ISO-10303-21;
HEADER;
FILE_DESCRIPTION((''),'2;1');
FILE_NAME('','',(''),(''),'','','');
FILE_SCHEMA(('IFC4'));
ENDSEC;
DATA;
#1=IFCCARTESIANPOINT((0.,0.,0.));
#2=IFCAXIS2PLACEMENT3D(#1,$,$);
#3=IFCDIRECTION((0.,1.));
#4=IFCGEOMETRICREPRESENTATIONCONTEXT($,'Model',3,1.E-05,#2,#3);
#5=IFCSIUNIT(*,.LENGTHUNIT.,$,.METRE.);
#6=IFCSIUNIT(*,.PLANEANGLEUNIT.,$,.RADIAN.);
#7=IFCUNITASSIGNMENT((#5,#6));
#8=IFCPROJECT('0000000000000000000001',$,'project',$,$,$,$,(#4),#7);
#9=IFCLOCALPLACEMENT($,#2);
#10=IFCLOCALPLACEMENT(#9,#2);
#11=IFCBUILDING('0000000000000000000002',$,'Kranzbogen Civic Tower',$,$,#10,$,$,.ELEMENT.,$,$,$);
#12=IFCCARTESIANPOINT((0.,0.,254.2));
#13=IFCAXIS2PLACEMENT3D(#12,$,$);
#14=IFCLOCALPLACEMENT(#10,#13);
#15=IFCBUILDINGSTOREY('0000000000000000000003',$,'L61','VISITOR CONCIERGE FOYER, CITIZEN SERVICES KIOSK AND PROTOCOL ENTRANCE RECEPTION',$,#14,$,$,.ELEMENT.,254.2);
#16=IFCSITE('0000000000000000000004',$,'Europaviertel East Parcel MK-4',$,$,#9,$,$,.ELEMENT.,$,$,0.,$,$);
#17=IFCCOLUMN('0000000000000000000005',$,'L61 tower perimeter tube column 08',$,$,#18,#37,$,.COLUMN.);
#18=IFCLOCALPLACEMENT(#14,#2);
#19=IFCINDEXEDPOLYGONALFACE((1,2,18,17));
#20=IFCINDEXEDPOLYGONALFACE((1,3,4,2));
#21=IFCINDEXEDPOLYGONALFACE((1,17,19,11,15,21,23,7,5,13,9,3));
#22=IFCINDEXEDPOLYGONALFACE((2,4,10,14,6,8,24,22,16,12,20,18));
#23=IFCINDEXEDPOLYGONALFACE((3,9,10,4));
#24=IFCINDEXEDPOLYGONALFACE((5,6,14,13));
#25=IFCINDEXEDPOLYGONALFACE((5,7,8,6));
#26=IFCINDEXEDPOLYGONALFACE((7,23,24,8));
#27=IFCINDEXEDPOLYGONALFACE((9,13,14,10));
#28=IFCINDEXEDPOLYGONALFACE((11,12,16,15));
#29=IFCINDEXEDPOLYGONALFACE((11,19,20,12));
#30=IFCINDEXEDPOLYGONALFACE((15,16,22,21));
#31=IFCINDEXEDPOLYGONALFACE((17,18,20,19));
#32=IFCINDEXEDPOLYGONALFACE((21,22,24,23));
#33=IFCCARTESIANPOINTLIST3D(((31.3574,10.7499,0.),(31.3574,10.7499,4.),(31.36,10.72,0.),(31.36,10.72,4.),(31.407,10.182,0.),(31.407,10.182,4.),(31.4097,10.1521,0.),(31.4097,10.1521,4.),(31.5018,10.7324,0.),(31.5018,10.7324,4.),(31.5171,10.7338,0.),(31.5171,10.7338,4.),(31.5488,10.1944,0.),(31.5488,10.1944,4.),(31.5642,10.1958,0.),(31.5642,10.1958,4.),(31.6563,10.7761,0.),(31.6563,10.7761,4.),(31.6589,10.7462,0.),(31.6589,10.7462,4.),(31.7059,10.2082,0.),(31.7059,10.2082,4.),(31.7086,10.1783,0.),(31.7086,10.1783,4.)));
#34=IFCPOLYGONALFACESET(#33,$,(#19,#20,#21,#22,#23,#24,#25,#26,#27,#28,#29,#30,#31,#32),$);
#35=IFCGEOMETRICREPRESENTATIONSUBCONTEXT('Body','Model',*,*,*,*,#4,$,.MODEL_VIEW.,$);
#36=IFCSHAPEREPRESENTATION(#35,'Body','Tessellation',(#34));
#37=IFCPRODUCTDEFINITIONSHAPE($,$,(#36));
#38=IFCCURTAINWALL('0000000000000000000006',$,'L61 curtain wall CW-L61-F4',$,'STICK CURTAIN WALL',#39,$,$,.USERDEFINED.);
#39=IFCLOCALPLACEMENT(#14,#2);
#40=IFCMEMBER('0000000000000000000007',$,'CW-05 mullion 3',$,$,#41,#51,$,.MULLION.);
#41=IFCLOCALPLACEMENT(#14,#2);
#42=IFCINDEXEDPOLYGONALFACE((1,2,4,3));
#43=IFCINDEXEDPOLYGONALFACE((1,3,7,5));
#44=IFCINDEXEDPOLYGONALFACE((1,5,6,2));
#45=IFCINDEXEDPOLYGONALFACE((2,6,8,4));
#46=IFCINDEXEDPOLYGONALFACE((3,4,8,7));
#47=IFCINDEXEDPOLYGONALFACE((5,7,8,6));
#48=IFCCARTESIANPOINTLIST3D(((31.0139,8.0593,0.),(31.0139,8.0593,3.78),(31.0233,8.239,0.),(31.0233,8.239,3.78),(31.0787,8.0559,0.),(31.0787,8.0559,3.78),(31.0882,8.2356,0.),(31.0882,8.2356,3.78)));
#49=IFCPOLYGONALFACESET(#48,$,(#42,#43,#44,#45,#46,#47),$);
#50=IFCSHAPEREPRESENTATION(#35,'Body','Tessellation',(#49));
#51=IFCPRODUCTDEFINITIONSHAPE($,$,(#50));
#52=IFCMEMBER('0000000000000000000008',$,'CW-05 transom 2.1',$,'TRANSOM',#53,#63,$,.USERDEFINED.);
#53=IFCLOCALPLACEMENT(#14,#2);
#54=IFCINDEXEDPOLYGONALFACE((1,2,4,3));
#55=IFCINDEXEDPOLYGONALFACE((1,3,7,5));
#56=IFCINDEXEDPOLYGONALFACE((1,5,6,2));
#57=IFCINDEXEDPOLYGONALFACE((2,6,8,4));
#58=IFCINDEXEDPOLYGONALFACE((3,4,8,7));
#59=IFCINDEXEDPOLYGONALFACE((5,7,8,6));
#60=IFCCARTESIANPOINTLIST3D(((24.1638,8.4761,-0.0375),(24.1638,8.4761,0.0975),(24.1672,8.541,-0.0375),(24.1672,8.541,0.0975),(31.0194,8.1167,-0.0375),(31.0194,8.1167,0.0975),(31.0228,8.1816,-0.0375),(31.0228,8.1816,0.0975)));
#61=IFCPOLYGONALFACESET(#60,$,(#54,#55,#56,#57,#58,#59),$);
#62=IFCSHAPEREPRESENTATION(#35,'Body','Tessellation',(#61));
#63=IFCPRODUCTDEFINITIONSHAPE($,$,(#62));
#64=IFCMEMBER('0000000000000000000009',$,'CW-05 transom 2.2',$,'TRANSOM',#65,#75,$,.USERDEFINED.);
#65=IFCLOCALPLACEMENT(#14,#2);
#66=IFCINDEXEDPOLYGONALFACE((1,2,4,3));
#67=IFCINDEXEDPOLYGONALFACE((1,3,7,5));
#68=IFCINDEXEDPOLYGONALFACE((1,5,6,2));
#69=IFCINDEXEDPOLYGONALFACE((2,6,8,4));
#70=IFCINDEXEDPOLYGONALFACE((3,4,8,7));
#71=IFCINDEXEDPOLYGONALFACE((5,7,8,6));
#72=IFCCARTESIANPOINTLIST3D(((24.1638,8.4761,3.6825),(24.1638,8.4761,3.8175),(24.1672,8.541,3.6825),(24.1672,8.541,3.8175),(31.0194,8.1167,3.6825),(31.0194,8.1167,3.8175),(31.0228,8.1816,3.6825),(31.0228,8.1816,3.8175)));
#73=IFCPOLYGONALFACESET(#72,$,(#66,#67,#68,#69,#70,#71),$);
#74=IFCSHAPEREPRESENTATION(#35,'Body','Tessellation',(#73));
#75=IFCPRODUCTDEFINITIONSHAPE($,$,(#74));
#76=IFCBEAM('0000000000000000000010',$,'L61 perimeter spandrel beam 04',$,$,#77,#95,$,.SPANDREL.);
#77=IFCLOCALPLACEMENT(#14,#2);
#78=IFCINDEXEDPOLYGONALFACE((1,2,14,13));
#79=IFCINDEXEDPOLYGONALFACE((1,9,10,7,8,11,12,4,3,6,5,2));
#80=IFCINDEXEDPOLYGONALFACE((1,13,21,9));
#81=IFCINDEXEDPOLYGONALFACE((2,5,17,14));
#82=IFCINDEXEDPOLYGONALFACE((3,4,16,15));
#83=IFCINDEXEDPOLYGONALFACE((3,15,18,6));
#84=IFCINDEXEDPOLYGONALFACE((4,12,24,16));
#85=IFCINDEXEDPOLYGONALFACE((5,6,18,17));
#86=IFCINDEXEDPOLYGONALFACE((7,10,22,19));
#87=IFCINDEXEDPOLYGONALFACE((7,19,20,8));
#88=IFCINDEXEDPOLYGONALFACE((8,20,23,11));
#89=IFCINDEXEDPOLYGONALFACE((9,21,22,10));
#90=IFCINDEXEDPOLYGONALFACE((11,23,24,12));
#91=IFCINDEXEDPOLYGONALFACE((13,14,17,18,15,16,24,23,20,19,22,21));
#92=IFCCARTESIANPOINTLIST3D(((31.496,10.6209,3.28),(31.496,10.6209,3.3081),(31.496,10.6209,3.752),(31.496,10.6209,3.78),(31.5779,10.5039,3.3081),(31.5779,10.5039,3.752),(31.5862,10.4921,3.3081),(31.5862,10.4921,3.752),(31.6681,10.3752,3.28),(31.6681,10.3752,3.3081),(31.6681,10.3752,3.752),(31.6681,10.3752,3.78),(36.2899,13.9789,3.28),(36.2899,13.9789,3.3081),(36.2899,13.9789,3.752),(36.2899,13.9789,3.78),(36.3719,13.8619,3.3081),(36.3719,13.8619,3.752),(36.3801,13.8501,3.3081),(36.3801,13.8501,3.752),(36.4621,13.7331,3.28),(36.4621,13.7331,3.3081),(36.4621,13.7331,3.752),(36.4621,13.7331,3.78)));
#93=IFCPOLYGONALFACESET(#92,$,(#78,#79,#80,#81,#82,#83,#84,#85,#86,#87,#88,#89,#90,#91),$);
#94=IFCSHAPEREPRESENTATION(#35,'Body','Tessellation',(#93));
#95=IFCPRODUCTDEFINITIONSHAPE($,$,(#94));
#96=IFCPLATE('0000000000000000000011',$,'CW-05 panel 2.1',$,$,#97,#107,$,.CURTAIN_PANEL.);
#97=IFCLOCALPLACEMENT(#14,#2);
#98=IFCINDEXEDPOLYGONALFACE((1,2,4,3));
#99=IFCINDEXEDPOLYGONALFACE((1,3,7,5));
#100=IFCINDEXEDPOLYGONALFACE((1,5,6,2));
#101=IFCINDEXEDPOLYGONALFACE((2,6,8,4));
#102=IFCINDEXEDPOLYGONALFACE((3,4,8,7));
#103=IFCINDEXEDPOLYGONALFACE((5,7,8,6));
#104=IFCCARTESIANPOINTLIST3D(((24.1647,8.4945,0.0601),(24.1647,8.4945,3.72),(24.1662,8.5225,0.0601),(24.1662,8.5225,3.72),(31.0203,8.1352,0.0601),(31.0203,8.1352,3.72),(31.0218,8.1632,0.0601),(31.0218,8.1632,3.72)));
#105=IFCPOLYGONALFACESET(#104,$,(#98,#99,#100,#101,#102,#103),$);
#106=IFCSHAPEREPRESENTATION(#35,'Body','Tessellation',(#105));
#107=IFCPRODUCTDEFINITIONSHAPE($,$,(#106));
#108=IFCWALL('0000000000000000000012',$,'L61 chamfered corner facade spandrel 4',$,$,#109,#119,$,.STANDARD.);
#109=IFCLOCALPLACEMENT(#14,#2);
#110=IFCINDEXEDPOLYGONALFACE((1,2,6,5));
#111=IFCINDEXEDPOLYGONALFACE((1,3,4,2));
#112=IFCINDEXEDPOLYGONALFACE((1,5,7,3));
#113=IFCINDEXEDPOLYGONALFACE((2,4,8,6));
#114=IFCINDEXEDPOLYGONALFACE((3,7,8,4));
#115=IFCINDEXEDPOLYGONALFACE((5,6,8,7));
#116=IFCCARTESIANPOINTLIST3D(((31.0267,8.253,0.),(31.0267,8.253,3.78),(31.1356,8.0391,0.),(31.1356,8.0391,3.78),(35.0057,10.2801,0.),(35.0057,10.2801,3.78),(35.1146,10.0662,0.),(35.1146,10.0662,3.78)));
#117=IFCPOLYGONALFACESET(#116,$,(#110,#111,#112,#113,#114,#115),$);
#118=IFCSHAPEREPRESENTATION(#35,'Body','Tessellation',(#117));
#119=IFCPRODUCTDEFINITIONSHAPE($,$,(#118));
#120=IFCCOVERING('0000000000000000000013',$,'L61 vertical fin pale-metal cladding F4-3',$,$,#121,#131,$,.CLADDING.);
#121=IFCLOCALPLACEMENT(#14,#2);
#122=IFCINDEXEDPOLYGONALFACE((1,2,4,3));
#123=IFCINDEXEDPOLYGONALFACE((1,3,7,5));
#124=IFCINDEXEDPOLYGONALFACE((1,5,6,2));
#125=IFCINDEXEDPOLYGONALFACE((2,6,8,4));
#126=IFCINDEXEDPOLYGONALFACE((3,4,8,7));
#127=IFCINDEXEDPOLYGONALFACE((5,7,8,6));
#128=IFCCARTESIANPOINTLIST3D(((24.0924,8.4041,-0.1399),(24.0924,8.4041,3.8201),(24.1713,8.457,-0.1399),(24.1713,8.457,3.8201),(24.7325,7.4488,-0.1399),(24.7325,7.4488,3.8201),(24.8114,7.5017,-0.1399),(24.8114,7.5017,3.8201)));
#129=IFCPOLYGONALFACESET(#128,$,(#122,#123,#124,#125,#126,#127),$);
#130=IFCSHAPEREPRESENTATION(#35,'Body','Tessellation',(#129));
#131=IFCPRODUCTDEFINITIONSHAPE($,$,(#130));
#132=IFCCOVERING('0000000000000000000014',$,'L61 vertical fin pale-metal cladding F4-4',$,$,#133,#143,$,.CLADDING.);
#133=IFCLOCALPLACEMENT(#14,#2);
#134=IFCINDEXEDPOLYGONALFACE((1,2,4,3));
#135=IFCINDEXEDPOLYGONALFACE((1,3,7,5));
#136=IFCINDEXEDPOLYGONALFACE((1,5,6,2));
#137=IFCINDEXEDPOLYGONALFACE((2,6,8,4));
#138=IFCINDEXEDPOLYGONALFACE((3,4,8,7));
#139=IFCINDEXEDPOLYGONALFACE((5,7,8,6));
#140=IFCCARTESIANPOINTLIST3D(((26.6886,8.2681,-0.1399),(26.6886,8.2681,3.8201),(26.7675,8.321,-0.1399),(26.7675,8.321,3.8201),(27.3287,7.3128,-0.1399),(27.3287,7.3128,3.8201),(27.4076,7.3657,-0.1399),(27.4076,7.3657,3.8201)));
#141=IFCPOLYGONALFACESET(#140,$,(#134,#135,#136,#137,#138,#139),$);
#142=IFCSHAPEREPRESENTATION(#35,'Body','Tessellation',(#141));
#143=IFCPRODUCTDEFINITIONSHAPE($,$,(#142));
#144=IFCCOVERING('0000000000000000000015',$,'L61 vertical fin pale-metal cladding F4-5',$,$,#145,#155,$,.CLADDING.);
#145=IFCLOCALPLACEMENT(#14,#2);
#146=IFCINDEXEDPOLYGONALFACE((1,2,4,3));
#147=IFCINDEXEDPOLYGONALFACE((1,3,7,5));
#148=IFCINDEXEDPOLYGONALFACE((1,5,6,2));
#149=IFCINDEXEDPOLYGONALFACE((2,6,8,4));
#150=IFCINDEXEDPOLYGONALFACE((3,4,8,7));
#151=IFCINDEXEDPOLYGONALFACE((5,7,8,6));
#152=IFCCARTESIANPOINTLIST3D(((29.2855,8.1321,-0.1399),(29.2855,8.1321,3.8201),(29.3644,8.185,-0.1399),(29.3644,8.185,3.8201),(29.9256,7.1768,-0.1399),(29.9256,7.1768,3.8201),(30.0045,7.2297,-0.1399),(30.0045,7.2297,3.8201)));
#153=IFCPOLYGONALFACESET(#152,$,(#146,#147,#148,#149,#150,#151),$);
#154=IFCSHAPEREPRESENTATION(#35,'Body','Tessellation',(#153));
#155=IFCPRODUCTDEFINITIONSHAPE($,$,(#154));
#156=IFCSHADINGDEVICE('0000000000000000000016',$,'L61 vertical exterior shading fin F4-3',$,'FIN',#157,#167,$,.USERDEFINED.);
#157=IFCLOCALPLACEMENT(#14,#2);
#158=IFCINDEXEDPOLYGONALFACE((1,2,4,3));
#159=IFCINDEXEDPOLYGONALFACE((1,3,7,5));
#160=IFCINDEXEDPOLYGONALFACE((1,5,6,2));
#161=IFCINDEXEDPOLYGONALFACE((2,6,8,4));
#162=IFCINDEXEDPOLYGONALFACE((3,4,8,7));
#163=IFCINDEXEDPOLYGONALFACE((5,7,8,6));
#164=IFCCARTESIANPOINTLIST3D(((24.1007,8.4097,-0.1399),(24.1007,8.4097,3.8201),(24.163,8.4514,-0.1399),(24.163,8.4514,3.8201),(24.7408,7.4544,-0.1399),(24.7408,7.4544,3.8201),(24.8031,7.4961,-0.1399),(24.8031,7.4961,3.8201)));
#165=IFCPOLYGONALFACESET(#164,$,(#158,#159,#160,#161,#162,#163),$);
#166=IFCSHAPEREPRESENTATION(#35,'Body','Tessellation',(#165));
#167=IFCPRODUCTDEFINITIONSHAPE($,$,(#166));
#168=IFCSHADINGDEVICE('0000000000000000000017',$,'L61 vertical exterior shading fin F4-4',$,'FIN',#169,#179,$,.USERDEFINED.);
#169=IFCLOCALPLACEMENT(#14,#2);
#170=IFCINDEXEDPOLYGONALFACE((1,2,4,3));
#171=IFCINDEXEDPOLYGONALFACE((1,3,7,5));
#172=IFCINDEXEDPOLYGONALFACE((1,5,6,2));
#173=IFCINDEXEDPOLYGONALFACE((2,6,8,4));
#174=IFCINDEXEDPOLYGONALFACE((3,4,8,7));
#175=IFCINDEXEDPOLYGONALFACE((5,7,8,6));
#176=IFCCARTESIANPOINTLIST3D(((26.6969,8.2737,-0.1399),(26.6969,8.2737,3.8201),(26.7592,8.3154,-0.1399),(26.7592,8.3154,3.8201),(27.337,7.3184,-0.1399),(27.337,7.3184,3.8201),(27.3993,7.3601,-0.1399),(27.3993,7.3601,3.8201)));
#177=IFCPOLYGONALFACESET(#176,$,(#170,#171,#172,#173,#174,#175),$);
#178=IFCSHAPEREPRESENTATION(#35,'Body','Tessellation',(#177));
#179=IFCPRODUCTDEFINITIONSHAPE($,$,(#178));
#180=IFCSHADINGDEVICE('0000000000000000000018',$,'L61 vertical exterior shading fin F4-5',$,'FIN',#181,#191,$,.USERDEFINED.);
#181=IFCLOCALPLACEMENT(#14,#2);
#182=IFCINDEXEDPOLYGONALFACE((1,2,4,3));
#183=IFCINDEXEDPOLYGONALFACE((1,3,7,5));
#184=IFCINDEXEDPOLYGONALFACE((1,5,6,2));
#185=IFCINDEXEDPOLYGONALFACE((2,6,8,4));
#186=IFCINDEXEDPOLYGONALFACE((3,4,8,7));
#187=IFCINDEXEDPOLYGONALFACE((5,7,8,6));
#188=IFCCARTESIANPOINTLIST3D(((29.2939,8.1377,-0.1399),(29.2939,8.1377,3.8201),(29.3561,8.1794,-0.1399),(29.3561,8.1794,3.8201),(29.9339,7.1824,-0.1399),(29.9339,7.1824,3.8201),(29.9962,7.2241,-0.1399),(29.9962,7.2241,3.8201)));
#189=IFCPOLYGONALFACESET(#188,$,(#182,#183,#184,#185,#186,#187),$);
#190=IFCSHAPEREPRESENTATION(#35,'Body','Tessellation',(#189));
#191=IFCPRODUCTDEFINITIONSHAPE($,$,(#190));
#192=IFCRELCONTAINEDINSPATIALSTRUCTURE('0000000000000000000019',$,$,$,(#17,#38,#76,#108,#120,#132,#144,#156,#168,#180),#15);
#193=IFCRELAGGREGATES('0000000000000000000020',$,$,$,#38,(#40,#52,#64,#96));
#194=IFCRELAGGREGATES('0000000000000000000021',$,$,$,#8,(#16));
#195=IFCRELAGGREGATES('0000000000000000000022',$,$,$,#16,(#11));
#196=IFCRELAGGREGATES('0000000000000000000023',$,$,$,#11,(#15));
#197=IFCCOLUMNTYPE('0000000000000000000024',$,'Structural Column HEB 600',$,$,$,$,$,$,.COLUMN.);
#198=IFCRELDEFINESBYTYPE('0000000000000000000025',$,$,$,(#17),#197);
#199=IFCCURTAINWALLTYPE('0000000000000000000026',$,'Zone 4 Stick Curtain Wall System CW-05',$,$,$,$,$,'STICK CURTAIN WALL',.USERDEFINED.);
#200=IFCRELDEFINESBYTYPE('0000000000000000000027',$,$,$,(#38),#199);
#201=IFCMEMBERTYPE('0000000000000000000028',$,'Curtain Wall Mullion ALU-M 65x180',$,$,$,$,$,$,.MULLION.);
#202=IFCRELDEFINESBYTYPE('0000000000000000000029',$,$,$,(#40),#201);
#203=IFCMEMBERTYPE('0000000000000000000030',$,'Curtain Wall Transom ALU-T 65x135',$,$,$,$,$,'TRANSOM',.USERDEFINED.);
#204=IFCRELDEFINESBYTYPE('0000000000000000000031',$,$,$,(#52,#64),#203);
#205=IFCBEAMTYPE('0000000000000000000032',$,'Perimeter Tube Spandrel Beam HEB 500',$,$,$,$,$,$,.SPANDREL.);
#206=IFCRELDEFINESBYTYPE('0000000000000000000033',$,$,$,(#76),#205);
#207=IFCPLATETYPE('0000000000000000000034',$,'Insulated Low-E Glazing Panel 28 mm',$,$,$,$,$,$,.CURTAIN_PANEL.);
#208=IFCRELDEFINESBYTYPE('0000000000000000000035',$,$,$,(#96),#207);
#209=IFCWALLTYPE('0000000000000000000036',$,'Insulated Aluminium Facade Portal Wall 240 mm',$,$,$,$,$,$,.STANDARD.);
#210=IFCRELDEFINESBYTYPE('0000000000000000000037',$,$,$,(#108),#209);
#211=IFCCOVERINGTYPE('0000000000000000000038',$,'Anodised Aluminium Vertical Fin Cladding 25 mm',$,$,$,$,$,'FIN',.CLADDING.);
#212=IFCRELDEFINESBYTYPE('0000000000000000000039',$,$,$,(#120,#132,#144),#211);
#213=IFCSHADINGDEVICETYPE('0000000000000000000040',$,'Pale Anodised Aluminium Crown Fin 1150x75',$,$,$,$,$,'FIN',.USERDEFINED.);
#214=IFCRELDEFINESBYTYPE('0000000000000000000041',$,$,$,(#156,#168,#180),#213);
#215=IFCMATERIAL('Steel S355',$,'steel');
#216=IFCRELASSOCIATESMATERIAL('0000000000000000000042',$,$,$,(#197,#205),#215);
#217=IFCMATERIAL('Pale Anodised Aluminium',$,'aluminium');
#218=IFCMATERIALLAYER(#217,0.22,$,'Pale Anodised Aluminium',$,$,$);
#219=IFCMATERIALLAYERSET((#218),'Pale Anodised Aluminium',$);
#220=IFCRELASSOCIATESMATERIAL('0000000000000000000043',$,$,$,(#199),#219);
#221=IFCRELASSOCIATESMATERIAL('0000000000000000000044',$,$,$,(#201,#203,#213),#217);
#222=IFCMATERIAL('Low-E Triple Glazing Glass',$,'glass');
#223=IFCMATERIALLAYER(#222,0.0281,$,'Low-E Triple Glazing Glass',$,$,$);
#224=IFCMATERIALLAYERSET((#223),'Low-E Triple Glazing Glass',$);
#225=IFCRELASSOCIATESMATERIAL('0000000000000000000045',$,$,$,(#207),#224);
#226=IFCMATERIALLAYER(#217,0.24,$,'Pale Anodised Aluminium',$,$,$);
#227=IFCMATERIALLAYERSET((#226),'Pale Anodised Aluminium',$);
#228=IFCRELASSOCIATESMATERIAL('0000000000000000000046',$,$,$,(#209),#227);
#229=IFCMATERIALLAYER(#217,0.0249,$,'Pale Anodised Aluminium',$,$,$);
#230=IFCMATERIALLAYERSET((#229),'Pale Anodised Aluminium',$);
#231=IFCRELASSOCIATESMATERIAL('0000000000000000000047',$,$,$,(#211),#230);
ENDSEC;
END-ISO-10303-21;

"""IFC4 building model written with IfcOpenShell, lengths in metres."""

from ifc_helpers import new_model, si_unit, direction, frame, frame_2d, origin, origin_2d, place, context, subcontext, project, spatial, rectangle, i_section, extrude, material, layer, layer_set, material_profile, profile_set, type_object, element, aggregate, save


model = new_model("IFC4")

# Units and contexts
model_context = context("Model", 3, precision=1e-05, world=origin(), true_north=direction((0.0, 1.0)))
body_context = subcontext(model_context, "Body", "Model", "MODEL_VIEW")
ifc_project = project(units=[si_unit("LENGTHUNIT", "METRE"), si_unit("PLANEANGLEUNIT", "RADIAN")], contexts=[model_context])

# Site, building, storey
site_placement = place(None, origin())
site = spatial("IfcSite", under=ifc_project, at=site_placement, Name="Europaviertel East Parcel MK-4", CompositionType="ELEMENT", RefElevation=0.0)
building_placement = place(site_placement, origin())
building = spatial("IfcBuilding", under=site, at=building_placement, Name="Kranzbogen Civic Tower", CompositionType="ELEMENT")
storey_placement = place(building_placement, frame((0.0, 0.0, 254.2)))
storey = spatial("IfcBuildingStorey", under=building, at=storey_placement, Name="L61", Description="VISITOR CONCIERGE FOYER, CITIZEN SERVICES KIOSK AND PROTOCOL ENTRANCE RECEPTION", CompositionType="ELEMENT", Elevation=254.2)

# Column
ifc_material_1 = material(Name="Steel S355", Category="steel")
ifc_material_profile_1 = material_profile(ifc_material_1, i_section(OverallWidth=0.3, OverallDepth=0.6001, WebThickness=0.0154, FlangeThickness=0.03, at=origin_2d()), Name="HEB 600")
ifc_profile_set_1 = profile_set([ifc_material_profile_1], Name="Steel S355")
column_type = type_object("IfcColumnType", Name="Structural Column HEB 600", PredefinedType="COLUMN", material=ifc_profile_set_1)
column_placement = place(storey_placement, frame((31.533, 10.4641, 0.0), z_axis=(0.0, 0.0, 1.0), x_axis=(0.996195, 0.087156, 0.0)))
element("IfcColumn", 1, at=column_placement, inside=storey, type_object=column_type, Name="L61 tower perimeter tube column 08", PredefinedType="COLUMN", context=body_context, shape_type="SweptSolid", body=[
    extrude(i_section(OverallWidth=0.3, OverallDepth=0.6001, WebThickness=0.0154, FlangeThickness=0.03, at=origin_2d()), origin(), (0.0, 0.0, 1.0), 4.0),
])

# Curtain wall, members
ifc_material_2 = material(Name="Pale Anodised Aluminium", Category="aluminium")
ifc_layer_1 = layer(ifc_material_2, 0.22, Name="Pale Anodised Aluminium")
ifc_layer_set_1 = layer_set([ifc_layer_1], Name="Pale Anodised Aluminium")
curtain_wall_type = type_object("IfcCurtainWallType", Name="Zone 4 Stick Curtain Wall System CW-05", ElementType="STICK CURTAIN WALL", PredefinedType="USERDEFINED", material=ifc_layer_set_1)
curtain_wall_placement = place(storey_placement, origin())
curtain_wall = element("IfcCurtainWall", 2, at=curtain_wall_placement, inside=storey, type_object=curtain_wall_type, Name="L61 curtain wall CW-L61-F4", ObjectType="STICK CURTAIN WALL", PredefinedType="USERDEFINED")
ifc_material_profile_2 = material_profile(ifc_material_2, rectangle(XDim=0.0649, YDim=0.1799, at=origin_2d()), Name="ALU-M 65x180")
ifc_profile_set_2 = profile_set([ifc_material_profile_2], Name="Pale Anodised Aluminium")
member_type_1 = type_object("IfcMemberType", Name="Curtain Wall Mullion ALU-M 65x180", PredefinedType="MULLION", material=ifc_profile_set_2)
member_1_placement = place(storey_placement, frame((31.051, 8.1475, 0.0), z_axis=(0.0, 0.0, 1.0), x_axis=(0.99863, -0.052336, 0.0)))
member_1 = element("IfcMember", 3, at=member_1_placement, type_object=member_type_1, Name="CW-05 mullion 3", PredefinedType="MULLION", context=body_context, shape_type="SweptSolid", body=[
    extrude(rectangle(XDim=0.0649, YDim=0.1799, at=origin_2d()), origin(), (0.0, 0.0, 1.0), 3.78),
])
ifc_material_profile_3 = material_profile(ifc_material_2, rectangle(XDim=0.0649, YDim=0.135, at=origin_2d()), Name="ALU-T 65x135")
ifc_profile_set_3 = profile_set([ifc_material_profile_3], Name="Pale Anodised Aluminium")
member_type_2 = type_object("IfcMemberType", Name="Curtain Wall Transom ALU-T 65x135", ElementType="TRANSOM", PredefinedType="USERDEFINED", material=ifc_profile_set_3)
member_2_placement = place(storey_placement, frame((24.1655, 8.5085, 0.03), z_axis=(0.998629, -0.05235, 0.0), x_axis=(0.05235, 0.998629, 0.0)))
member_2 = element("IfcMember", 4, at=member_2_placement, type_object=member_type_2, Name="CW-05 transom 2.1", ObjectType="TRANSOM", PredefinedType="USERDEFINED", context=body_context, shape_type="SweptSolid", body=[
    extrude(rectangle(XDim=0.0649, YDim=0.135, at=origin_2d()), origin(), (0.0, 0.0, 1.0), 6.865),
])
member_3_placement = place(storey_placement, frame((24.1655, 8.5085, 3.75), z_axis=(0.998629, -0.05235, 0.0), x_axis=(0.05235, 0.998629, 0.0)))
member_3 = element("IfcMember", 5, at=member_3_placement, type_object=member_type_2, Name="CW-05 transom 2.2", ObjectType="TRANSOM", PredefinedType="USERDEFINED", context=body_context, shape_type="SweptSolid", body=[
    extrude(rectangle(XDim=0.0649, YDim=0.135, at=origin_2d()), origin(), (0.0, 0.0, 1.0), 6.865),
])

# Beam
ifc_material_profile_4 = material_profile(ifc_material_1, i_section(OverallWidth=0.3, OverallDepth=0.5, WebThickness=0.0144, FlangeThickness=0.0281, at=origin_2d()), Name="HEB 500")
ifc_profile_set_4 = profile_set([ifc_material_profile_4], Name="Steel S355")
beam_type = type_object("IfcBeamType", Name="Perimeter Tube Spandrel Beam HEB 500", PredefinedType="SPANDREL", material=ifc_profile_set_4)
beam_placement = place(storey_placement, frame((31.582, 10.498, 3.53), z_axis=(0.819059, 0.573709, 0.0), x_axis=(-0.573709, 0.819059, 0.0)))
element("IfcBeam", 6, at=beam_placement, inside=storey, type_object=beam_type, Name="L61 perimeter spandrel beam 04", PredefinedType="SPANDREL", context=body_context, shape_type="SweptSolid", body=[
    extrude(i_section(OverallWidth=0.3, OverallDepth=0.5, WebThickness=0.0144, FlangeThickness=0.0281, at=origin_2d()), origin(), (0.0, 0.0, 1.0), 5.853),
])

# Plate
ifc_material_3 = material(Name="Low-E Triple Glazing Glass", Category="glass")
ifc_layer_2 = layer(ifc_material_3, 0.0281, Name="Low-E Triple Glazing Glass")
ifc_layer_set_2 = layer_set([ifc_layer_2], Name="Low-E Triple Glazing Glass")
plate_type = type_object("IfcPlateType", Name="Insulated Low-E Glazing Panel 28 mm", PredefinedType="CURTAIN_PANEL", material=ifc_layer_set_2)
plate_placement = place(storey_placement, frame((27.5933, 8.3289, 0.0601), z_axis=(0.0, 0.0, 1.0), x_axis=(0.99863, -0.052336, 0.0)))
plate = element("IfcPlate", 7, at=plate_placement, type_object=plate_type, Name="CW-05 panel 2.1", PredefinedType="CURTAIN_PANEL", context=body_context, shape_type="SweptSolid", body=[
    extrude(rectangle(XDim=6.865, YDim=0.0281, at=origin_2d()), origin(), (0.0, 0.0, 1.0), 3.6599),
])
aggregate(curtain_wall, [member_1, member_2, member_3, plate])

# Wall
ifc_layer_3 = layer(ifc_material_2, 0.24, Name="Pale Anodised Aluminium")
ifc_layer_set_3 = layer_set([ifc_layer_3], Name="Pale Anodised Aluminium")
wall_type = type_object("IfcWallType", Name="Insulated Aluminium Facade Portal Wall 240 mm", PredefinedType="STANDARD", material=ifc_layer_set_3)
wall_placement = place(storey_placement, frame((31.0811, 8.146, 0.0), z_axis=(0.0, 0.0, 1.0), x_axis=(0.891034, 0.453936, 0.0)))
element("IfcWall", 8, at=wall_placement, inside=storey, type_object=wall_type, Name="L61 chamfered corner facade spandrel 4", PredefinedType="STANDARD", context=body_context, shape_type="SweptSolid", body=[
    extrude(rectangle(XDim=4.4656, YDim=0.24, at=frame_2d((2.2329, 0.0))), origin(), (0.0, 0.0, 1.0), 3.78),
])

# Coverings
ifc_layer_4 = layer(ifc_material_2, 0.0249, Name="Pale Anodised Aluminium")
ifc_layer_set_4 = layer_set([ifc_layer_4], Name="Pale Anodised Aluminium")
covering_type = type_object("IfcCoveringType", Name="Anodised Aluminium Vertical Fin Cladding 25 mm", ElementType="FIN", PredefinedType="CLADDING", material=ifc_layer_set_4)
for number, where, z_axis, x_axis, name in (
    (9, (24.4519, 7.9529, -0.1399), (0.0, 0.0, 1.0), (0.556615, -0.830771, 0.0), "L61 vertical fin pale-metal cladding F4-3"),
    (10, (27.0481, 7.8169, -0.1399), (0.0, 0.0, 1.0), (0.556615, -0.830771, 0.0), "L61 vertical fin pale-metal cladding F4-4"),
    (11, (29.645, 7.6809, -0.1399), (0.0, 0.0, 1.0), (0.556615, -0.830771, 0.0), "L61 vertical fin pale-metal cladding F4-5"),
):
    element("IfcCovering", number, at=place(storey_placement, frame(where, z_axis=z_axis, x_axis=x_axis)), inside=storey, type_object=covering_type, Name=name, PredefinedType="CLADDING", context=body_context, shape_type="SweptSolid", body=[
        extrude(rectangle(XDim=1.1499, YDim=0.095, at=origin_2d()), origin(), (0.0, 0.0, 1.0), 3.96),
    ])

# Shading devices
shading_device_type = type_object("IfcShadingDeviceType", Name="Pale Anodised Aluminium Crown Fin 1150x75", ElementType="FIN", PredefinedType="USERDEFINED", material=ifc_material_2)
for number, where, z_axis, x_axis, name in (
    (12, (24.4519, 7.9529, -0.1399), (0.0, 0.0, 1.0), (0.556615, -0.830771, 0.0), "L61 vertical exterior shading fin F4-3"),
    (13, (27.0481, 7.8169, -0.1399), (0.0, 0.0, 1.0), (0.556615, -0.830771, 0.0), "L61 vertical exterior shading fin F4-4"),
    (14, (29.645, 7.6809, -0.1399), (0.0, 0.0, 1.0), (0.556615, -0.830771, 0.0), "L61 vertical exterior shading fin F4-5"),
):
    element("IfcShadingDevice", number, at=place(storey_placement, frame(where, z_axis=z_axis, x_axis=x_axis)), inside=storey, type_object=shading_device_type, Name=name, ObjectType="FIN", PredefinedType="USERDEFINED", context=body_context, shape_type="SweptSolid", body=[
        extrude(rectangle(XDim=1.1499, YDim=0.075, at=origin_2d()), origin(), (0.0, 0.0, 1.0), 3.96),
    ])

save(model, "model.ifc")
